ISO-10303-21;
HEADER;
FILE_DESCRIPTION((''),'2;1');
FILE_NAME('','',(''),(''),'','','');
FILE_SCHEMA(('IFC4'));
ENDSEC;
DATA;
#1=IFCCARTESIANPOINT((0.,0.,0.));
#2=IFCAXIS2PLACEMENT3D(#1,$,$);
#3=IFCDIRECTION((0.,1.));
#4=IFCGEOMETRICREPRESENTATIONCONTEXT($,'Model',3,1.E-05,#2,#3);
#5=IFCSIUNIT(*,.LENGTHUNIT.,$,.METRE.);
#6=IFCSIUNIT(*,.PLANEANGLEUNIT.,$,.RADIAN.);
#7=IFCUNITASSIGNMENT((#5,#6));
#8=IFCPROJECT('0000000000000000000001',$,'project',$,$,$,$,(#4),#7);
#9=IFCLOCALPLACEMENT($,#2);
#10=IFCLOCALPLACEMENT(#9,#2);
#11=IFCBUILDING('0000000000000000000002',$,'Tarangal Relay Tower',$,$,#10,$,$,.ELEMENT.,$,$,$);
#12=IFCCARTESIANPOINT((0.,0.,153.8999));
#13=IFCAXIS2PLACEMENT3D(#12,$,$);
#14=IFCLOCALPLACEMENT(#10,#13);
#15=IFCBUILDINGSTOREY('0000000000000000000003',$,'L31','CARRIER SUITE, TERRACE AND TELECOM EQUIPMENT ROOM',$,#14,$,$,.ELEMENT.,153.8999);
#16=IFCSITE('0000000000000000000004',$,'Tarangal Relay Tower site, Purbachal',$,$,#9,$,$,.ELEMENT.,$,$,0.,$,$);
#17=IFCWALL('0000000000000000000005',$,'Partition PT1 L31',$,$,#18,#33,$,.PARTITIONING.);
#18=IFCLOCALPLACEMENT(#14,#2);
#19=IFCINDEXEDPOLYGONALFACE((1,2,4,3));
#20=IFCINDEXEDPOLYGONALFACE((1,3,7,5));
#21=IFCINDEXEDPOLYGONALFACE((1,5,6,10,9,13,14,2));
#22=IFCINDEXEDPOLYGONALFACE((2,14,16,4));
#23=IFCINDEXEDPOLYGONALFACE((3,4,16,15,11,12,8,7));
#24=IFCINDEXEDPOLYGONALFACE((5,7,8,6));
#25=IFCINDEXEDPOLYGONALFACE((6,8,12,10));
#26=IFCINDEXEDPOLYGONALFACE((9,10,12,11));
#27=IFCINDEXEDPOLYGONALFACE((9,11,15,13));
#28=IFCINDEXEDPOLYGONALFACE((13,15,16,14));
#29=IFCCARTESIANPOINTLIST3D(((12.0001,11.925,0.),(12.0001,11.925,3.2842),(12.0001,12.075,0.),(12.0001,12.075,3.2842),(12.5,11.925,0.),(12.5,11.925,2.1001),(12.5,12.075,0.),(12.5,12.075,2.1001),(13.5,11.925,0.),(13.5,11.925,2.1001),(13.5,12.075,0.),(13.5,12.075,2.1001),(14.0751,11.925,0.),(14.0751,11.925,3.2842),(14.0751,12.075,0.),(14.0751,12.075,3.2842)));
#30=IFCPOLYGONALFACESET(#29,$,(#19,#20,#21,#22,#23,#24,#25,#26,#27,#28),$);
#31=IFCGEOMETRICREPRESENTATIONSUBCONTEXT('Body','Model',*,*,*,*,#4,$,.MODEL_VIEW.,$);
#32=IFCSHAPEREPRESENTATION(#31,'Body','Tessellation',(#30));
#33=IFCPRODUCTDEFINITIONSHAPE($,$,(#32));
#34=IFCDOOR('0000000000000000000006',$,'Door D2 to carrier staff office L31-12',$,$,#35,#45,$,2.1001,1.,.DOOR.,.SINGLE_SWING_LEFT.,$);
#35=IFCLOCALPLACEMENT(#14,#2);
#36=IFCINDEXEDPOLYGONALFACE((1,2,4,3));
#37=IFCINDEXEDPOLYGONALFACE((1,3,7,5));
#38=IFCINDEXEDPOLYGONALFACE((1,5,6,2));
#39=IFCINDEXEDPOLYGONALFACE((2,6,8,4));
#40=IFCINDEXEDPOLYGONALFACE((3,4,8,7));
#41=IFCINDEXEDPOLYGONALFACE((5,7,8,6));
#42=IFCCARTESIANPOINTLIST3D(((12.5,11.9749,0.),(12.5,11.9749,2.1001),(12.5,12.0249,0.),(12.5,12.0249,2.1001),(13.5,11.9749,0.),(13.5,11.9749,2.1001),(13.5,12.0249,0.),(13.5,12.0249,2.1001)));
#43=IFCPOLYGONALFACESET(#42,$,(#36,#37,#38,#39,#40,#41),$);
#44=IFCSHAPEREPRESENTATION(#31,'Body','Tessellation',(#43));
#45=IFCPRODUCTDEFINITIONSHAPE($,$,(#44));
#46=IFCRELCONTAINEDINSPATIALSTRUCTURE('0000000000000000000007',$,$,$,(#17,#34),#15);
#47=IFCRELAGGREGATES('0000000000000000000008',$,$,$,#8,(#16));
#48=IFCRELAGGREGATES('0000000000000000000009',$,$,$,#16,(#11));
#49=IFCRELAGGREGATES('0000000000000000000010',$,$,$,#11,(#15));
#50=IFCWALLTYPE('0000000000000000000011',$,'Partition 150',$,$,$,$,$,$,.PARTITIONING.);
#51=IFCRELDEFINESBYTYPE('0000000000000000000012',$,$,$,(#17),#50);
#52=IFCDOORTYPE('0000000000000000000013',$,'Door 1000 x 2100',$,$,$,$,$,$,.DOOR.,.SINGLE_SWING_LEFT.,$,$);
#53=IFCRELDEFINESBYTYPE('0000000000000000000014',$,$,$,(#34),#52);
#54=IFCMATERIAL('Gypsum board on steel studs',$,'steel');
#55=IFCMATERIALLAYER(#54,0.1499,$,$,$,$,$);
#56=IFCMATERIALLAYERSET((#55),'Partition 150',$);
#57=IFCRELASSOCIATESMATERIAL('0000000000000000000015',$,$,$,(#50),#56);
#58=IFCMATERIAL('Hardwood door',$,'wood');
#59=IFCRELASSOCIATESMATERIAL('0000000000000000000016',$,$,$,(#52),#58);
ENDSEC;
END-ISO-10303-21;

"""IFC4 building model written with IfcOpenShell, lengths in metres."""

from ifc_helpers import new_model, si_unit, direction, frame, frame_2d, origin, place, context, subcontext, project, spatial, rectangle, extrude, material, layer, layer_set, type_object, element, fill, save


model = new_model("IFC4")

# Units and contexts
model_context = context("Model", 3, precision=1e-05, world=origin(), true_north=direction((0.0, 1.0)))
body_context = subcontext(model_context, "Body", "Model", "MODEL_VIEW")
ifc_project = project(units=[si_unit("LENGTHUNIT", "METRE"), si_unit("PLANEANGLEUNIT", "RADIAN")], contexts=[model_context])

# Site, building, storey
site_placement = place(None, origin())
site = spatial("IfcSite", under=ifc_project, at=site_placement, Name="Tarangal Relay Tower site, Purbachal", CompositionType="ELEMENT", RefElevation=0.0)
building_placement = place(site_placement, origin())
building = spatial("IfcBuilding", under=site, at=building_placement, Name="Tarangal Relay Tower", CompositionType="ELEMENT")
storey_placement = place(building_placement, frame((0.0, 0.0, 153.8999)))
storey = spatial("IfcBuildingStorey", under=building, at=storey_placement, Name="L31", Description="CARRIER SUITE, TERRACE AND TELECOM EQUIPMENT ROOM", CompositionType="ELEMENT", Elevation=153.8999)

# Wall, opening, door
ifc_material_1 = material(Name="Gypsum board on steel studs", Category="steel")
ifc_layer_1 = layer(ifc_material_1, 0.1499)
ifc_layer_set_1 = layer_set([ifc_layer_1], Name="Partition 150")
wall_type_1 = type_object("IfcWallType", Name="Partition 150", PredefinedType="PARTITIONING", material=ifc_layer_set_1)
wall_1_placement = place(storey_placement, frame((12.0, 12.0, 0.0), z_axis=(0.0, 0.0, 1.0), x_axis=(1.0, 0.0, 0.0)))
wall_1 = element("IfcWall", 1, at=wall_1_placement, inside=storey, type_object=wall_type_1, Name="Partition PT1 L31", PredefinedType="PARTITIONING", context=body_context, shape_type="SweptSolid", body=[
    extrude(rectangle(XDim=2.075, YDim=0.1499, at=frame_2d((1.0376, 0.0))), origin(), (0.0, 0.0, 1.0), 3.2842),
])
opening_1_placement = place(wall_1_placement, frame((0.5, 0.0, 0.0)))
opening_1 = element("IfcOpeningElement", 2, at=opening_1_placement, cuts=wall_1, PredefinedType="OPENING", context=body_context, shape_type="SweptSolid", body=[
    extrude(rectangle(XDim=1.0, YDim=2.1001, at=frame_2d((0.5, 1.05))), frame((0.0, 0.085, 0.0), z_axis=(0.0, -1.0, 0.0), x_axis=(1.0, 0.0, 0.0)), (0.0, 0.0, 1.0), 0.1699),
])
ifc_material_2 = material(Name="Hardwood door", Category="wood")
door_type_1 = type_object("IfcDoorType", Name="Door 1000 x 2100", OperationType="SINGLE_SWING_LEFT", PredefinedType="DOOR", material=ifc_material_2)
door_1_placement = place(opening_1_placement, origin())
door_1 = element("IfcDoor", 3, at=door_1_placement, inside=storey, type_object=door_type_1, Name="Door D2 to carrier staff office L31-12", OperationType="SINGLE_SWING_LEFT", OverallHeight=2.1001, OverallWidth=1.0, PredefinedType="DOOR", context=body_context, shape_type="SweptSolid", body=[
    extrude(rectangle(XDim=1.0, YDim=2.1001, at=frame_2d((0.5, 1.05))), frame((0.0, 0.0249, 0.0), z_axis=(0.0, -1.0, 0.0), x_axis=(1.0, 0.0, 0.0)), (0.0, 0.0, 1.0), 0.05),
])
fill(opening_1, door_1)

save(model, "model.ifc")
